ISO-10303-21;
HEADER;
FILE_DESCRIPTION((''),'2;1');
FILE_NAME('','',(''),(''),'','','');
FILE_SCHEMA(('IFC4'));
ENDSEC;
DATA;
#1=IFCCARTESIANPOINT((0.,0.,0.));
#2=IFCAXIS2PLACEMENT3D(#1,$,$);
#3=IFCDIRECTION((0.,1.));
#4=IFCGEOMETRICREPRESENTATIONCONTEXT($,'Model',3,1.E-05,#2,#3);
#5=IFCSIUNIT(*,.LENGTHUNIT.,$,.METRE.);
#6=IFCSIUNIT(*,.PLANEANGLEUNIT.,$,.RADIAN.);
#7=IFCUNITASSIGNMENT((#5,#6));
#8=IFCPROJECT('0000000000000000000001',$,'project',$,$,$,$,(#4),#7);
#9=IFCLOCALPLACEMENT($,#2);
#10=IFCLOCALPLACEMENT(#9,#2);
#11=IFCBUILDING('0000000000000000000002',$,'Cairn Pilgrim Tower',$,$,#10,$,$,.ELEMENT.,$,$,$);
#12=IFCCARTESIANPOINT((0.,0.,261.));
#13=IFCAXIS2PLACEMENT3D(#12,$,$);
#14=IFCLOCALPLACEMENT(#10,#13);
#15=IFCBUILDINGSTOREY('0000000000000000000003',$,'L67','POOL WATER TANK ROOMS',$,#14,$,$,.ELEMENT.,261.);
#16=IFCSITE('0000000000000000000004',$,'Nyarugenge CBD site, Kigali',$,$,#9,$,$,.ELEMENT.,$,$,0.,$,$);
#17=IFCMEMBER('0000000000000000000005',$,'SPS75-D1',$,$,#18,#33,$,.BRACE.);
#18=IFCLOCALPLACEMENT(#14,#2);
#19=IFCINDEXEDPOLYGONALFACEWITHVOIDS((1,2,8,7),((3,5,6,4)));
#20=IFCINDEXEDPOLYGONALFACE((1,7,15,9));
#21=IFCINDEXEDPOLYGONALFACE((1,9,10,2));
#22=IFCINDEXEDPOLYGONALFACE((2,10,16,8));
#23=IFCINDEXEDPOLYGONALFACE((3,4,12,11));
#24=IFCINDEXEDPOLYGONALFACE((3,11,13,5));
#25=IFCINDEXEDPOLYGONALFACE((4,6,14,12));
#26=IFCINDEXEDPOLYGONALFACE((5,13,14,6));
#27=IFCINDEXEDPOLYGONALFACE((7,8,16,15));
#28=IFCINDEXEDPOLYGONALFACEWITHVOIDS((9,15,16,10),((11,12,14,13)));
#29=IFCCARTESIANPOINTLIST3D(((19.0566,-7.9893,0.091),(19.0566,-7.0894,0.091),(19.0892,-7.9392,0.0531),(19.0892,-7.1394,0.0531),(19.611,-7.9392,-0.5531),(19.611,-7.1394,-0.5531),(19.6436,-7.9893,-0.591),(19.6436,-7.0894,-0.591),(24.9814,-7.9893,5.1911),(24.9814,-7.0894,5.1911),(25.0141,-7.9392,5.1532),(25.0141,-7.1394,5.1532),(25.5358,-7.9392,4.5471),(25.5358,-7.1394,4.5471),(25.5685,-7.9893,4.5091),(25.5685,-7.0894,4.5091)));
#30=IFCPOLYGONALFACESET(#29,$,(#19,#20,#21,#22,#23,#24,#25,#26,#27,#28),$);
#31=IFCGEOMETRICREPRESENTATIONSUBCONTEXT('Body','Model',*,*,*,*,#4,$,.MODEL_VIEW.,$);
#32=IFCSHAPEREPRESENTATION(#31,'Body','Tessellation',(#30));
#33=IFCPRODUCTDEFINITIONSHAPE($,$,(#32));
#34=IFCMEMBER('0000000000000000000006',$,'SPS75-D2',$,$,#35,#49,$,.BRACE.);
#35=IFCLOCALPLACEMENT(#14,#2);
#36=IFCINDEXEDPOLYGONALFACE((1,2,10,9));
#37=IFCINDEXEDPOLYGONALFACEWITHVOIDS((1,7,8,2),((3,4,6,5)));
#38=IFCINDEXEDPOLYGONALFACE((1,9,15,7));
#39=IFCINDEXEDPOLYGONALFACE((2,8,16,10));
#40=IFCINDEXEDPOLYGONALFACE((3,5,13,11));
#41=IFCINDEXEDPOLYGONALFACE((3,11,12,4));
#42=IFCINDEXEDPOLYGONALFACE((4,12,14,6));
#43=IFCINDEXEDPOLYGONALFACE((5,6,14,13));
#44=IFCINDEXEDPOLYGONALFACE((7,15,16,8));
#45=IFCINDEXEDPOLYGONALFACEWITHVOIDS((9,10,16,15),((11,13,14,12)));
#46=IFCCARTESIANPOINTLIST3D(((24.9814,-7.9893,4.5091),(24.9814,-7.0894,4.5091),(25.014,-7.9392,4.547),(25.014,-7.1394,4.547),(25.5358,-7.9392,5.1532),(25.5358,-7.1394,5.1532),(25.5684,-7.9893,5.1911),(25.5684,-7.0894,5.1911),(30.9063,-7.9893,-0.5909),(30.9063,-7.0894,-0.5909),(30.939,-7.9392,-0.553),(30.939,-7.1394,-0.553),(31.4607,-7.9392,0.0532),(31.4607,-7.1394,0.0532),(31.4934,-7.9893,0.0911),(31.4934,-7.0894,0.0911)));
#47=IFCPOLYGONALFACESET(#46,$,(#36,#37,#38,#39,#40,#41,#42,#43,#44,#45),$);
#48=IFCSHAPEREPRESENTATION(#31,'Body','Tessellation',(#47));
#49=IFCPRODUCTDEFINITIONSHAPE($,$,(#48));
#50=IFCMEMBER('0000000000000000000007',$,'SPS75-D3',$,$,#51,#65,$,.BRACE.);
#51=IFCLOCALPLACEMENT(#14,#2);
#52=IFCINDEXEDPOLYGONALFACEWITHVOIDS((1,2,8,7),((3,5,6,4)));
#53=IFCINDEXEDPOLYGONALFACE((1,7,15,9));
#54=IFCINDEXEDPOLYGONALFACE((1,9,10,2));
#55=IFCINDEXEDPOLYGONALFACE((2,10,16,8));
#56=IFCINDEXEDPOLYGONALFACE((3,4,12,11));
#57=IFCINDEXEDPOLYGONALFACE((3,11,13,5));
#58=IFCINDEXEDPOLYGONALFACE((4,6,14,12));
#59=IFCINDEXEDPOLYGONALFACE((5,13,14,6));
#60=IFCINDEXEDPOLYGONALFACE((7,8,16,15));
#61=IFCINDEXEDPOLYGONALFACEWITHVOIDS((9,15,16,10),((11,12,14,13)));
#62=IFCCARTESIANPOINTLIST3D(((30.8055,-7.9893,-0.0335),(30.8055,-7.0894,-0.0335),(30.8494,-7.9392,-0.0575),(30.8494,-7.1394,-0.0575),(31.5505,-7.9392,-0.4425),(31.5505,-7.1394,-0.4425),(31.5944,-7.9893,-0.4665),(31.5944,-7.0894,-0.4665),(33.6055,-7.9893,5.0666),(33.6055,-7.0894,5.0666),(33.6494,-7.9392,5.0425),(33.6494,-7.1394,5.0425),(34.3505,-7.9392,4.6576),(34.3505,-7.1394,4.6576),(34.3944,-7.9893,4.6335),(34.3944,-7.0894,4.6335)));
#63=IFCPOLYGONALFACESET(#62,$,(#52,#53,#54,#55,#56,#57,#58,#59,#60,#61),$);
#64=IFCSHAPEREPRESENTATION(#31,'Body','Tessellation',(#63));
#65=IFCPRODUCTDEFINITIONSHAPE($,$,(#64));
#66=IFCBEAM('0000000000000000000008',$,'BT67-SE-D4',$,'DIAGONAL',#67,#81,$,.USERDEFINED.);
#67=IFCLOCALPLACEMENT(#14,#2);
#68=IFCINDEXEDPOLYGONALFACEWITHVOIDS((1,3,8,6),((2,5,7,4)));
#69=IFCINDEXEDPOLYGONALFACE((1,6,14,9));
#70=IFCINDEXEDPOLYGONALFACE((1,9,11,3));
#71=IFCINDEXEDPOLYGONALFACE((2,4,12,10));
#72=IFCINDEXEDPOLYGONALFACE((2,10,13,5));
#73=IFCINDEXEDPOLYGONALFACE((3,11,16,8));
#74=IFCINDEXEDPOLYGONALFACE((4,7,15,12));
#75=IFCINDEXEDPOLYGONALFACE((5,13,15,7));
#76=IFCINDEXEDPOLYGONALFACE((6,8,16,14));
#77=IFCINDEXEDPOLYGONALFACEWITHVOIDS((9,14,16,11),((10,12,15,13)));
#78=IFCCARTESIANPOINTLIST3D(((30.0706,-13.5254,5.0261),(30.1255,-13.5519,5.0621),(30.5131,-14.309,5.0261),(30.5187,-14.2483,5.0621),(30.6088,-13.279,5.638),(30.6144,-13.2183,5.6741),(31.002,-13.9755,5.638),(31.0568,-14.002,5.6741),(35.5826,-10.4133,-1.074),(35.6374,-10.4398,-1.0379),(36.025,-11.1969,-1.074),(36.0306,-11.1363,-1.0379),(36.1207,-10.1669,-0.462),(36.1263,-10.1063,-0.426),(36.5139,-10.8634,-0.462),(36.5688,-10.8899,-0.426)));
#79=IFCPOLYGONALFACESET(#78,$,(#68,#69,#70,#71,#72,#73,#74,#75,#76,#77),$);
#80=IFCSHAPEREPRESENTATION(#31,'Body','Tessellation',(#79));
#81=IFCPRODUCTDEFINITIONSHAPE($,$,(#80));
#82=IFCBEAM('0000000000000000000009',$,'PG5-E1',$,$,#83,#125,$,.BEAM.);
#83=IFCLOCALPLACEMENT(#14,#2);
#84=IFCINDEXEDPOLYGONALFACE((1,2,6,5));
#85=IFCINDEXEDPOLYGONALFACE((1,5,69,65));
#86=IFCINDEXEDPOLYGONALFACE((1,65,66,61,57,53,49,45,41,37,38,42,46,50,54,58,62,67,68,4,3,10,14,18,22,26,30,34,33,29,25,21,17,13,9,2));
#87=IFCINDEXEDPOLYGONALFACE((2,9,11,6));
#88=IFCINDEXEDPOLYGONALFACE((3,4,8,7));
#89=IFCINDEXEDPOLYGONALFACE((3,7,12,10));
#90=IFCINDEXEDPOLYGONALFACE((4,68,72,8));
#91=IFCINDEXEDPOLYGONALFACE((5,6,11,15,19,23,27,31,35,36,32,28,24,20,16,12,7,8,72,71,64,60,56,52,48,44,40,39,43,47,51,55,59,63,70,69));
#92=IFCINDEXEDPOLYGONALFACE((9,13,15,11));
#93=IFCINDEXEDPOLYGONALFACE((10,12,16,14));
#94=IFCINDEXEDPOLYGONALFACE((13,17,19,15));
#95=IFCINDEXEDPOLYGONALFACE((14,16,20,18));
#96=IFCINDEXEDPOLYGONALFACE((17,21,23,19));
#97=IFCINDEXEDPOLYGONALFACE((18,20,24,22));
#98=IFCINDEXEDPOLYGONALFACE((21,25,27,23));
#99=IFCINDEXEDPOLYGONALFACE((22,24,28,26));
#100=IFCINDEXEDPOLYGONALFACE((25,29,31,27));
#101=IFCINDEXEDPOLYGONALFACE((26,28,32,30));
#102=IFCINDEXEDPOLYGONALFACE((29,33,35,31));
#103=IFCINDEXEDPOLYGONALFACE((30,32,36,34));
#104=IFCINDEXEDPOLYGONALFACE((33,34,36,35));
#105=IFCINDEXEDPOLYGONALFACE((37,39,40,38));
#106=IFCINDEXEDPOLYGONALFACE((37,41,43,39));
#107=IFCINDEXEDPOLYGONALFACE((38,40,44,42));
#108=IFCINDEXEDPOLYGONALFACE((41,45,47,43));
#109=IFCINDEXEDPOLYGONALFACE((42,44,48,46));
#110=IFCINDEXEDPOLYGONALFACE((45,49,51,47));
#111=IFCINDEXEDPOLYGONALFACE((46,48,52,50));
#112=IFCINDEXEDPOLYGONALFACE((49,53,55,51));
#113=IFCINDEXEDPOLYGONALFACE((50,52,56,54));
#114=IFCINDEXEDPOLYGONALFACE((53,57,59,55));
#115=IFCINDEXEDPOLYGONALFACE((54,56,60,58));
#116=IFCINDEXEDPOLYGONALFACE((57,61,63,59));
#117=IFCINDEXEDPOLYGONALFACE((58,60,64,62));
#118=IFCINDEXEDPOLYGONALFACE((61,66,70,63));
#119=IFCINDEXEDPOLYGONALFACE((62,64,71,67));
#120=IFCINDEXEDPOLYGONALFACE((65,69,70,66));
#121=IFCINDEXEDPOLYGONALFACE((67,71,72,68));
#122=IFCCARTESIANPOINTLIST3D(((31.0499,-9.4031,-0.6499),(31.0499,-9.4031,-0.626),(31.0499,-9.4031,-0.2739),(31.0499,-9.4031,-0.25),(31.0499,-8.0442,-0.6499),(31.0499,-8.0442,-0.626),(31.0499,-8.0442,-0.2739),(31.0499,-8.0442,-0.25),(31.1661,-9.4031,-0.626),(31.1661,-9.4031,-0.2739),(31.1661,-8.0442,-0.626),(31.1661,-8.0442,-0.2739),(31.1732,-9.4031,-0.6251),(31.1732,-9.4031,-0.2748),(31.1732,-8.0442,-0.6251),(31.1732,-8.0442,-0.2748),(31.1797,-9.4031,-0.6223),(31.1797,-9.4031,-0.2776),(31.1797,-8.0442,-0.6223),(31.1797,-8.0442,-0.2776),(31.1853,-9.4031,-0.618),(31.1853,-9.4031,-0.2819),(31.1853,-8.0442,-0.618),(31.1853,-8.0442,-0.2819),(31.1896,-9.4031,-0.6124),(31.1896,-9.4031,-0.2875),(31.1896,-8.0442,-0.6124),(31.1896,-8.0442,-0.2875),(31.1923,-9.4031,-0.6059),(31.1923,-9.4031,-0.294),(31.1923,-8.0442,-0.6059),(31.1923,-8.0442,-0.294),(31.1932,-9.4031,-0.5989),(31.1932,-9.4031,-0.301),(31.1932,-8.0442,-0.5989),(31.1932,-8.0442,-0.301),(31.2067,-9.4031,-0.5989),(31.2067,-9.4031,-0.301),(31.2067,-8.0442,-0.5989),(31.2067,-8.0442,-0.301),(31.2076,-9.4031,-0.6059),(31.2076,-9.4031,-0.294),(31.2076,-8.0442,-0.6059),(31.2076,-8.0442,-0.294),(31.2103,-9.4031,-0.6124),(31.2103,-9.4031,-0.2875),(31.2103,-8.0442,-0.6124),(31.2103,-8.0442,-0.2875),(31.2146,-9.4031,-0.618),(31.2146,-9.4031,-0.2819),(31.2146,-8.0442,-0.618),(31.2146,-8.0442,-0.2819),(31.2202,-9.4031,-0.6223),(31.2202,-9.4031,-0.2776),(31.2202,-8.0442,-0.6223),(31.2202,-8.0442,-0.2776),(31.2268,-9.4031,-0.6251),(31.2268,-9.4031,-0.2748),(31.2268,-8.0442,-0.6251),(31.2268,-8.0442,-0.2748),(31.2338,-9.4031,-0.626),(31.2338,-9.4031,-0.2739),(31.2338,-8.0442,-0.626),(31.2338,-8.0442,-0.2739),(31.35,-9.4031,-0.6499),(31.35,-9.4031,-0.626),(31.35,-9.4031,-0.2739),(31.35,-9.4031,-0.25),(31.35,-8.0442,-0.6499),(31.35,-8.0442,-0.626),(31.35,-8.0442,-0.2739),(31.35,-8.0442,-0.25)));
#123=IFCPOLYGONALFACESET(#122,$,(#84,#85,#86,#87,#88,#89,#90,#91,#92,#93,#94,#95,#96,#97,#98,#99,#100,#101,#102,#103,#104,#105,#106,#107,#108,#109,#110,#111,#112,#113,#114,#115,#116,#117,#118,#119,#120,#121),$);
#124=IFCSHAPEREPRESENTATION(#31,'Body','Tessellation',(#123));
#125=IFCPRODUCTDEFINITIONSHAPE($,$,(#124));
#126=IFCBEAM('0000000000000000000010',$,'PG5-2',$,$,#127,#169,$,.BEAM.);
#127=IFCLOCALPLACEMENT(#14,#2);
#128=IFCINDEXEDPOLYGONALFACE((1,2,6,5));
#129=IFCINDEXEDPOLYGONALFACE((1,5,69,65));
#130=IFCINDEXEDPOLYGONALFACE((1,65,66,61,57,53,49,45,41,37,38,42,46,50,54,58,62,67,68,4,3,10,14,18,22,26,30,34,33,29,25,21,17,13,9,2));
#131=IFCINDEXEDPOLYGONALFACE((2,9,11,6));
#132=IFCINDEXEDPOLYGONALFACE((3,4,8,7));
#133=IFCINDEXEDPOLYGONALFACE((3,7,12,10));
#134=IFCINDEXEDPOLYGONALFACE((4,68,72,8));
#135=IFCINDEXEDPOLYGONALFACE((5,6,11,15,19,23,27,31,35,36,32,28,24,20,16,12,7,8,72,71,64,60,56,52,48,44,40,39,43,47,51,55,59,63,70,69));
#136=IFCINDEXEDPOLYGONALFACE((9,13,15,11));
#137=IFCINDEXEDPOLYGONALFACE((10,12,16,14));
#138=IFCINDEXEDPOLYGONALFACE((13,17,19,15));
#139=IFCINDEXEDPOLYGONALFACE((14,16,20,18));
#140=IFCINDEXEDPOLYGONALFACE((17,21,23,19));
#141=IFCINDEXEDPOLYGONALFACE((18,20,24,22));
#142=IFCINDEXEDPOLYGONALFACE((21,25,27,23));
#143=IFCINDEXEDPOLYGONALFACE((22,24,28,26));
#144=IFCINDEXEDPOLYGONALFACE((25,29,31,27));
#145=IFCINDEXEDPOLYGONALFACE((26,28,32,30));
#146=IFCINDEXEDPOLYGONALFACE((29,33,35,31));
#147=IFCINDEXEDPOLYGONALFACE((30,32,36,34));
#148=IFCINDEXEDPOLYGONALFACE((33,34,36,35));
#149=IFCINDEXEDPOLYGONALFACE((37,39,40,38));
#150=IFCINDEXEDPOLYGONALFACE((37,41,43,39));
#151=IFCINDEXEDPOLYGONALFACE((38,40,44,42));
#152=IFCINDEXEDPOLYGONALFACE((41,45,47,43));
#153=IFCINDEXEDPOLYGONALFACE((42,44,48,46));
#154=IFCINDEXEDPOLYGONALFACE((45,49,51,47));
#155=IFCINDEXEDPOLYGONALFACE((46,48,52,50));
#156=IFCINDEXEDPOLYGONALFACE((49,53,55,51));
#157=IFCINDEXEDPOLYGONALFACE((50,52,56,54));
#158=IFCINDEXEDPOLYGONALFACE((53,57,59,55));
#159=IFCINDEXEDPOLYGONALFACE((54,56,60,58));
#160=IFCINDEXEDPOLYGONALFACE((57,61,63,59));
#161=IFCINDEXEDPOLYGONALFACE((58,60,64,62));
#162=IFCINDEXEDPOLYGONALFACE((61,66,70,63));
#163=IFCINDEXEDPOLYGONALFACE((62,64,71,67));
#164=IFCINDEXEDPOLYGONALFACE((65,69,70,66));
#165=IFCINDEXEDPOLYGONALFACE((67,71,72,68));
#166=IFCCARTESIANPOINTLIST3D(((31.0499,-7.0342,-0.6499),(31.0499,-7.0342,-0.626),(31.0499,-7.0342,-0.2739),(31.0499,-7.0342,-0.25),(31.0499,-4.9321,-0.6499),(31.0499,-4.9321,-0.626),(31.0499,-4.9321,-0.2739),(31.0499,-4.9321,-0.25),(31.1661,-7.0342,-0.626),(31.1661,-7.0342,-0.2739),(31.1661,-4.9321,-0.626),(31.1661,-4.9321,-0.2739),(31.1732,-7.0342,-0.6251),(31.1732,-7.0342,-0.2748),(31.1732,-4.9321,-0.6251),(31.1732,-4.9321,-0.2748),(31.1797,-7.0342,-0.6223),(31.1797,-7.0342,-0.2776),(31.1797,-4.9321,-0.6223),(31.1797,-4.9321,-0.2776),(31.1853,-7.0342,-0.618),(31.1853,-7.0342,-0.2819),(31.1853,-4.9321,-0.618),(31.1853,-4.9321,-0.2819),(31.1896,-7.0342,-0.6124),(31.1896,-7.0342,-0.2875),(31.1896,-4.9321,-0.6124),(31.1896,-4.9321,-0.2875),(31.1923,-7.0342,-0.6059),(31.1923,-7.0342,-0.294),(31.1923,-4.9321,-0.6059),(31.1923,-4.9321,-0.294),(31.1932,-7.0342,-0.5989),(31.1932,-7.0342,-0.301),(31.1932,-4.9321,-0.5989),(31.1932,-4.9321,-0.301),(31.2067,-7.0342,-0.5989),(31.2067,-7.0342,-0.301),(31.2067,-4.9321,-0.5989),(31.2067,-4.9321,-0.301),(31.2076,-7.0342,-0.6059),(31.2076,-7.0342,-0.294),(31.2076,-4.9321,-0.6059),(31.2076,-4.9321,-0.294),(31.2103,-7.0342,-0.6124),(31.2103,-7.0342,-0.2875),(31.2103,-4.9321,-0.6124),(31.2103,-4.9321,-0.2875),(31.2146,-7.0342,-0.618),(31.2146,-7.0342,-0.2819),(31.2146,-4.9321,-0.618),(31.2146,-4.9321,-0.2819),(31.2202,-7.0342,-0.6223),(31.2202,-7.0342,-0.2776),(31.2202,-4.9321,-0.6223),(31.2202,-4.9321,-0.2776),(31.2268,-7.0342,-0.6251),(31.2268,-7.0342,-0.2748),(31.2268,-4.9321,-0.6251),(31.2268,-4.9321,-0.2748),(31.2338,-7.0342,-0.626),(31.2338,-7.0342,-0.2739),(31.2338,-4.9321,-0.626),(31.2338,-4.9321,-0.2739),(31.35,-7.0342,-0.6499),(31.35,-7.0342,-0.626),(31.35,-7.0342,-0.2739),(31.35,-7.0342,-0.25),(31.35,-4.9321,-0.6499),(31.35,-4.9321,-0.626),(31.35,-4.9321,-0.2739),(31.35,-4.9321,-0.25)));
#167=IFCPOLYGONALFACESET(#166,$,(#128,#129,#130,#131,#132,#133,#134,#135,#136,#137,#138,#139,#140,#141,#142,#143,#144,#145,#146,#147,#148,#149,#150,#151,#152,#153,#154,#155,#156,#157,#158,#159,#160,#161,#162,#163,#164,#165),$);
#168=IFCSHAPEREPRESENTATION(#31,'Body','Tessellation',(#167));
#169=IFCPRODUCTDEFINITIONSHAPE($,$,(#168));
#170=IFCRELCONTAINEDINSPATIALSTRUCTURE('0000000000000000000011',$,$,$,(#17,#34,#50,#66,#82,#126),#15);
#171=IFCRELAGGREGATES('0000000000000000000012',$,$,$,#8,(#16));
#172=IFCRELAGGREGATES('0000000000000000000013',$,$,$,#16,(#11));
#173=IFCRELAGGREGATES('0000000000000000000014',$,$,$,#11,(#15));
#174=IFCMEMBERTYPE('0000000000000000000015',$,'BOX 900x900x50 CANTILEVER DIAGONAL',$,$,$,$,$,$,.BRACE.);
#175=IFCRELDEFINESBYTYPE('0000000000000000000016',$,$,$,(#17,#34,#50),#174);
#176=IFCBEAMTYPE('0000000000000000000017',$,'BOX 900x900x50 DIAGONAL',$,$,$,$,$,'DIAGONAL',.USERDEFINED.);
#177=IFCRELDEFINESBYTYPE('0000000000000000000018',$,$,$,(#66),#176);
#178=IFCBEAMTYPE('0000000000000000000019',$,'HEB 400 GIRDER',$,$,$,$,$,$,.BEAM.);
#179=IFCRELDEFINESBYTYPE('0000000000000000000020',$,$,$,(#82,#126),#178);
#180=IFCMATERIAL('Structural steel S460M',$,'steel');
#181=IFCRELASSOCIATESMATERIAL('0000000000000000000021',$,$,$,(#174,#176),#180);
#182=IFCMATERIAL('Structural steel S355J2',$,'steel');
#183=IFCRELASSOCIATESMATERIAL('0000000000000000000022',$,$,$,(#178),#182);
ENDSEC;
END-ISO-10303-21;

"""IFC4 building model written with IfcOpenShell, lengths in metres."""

from ifc_helpers import new_model, si_unit, direction, frame, origin, origin_2d, place, context, subcontext, project, spatial, hollow_rectangle, i_section, extrude, material, material_profile, profile_set, type_object, element, save


model = new_model("IFC4")

# Units and contexts
model_context = context("Model", 3, precision=1e-05, world=origin(), true_north=direction((0.0, 1.0)))
body_context = subcontext(model_context, "Body", "Model", "MODEL_VIEW")
ifc_project = project(units=[si_unit("LENGTHUNIT", "METRE"), si_unit("PLANEANGLEUNIT", "RADIAN")], contexts=[model_context])

# Site, building, storey
site_placement = place(None, origin())
site = spatial("IfcSite", under=ifc_project, at=site_placement, Name="Nyarugenge CBD site, Kigali", CompositionType="ELEMENT", RefElevation=0.0)
building_placement = place(site_placement, origin())
building = spatial("IfcBuilding", under=site, at=building_placement, Name="Cairn Pilgrim Tower", CompositionType="ELEMENT")
storey_placement = place(building_placement, frame((0.0, 0.0, 261.0)))
storey = spatial("IfcBuildingStorey", under=building, at=storey_placement, Name="L67", Description="POOL WATER TANK ROOMS", CompositionType="ELEMENT", Elevation=261.0)

# Shared definitions
ifc_material_1 = material(Name="Structural steel S355J2", Category="steel")

# Members
ifc_material_2 = material(Name="Structural steel S460M", Category="steel")
ifc_material_profile_1 = material_profile(ifc_material_2, hollow_rectangle(XDim=0.8999, YDim=0.8999, WallThickness=0.05, at=origin_2d()), Name="BOX 900x900x50")
ifc_profile_set_1 = profile_set([ifc_material_profile_1], Name="Structural steel S460M")
member_type_1 = type_object("IfcMemberType", Name="BOX 900x900x50 CANTILEVER DIAGONAL", PredefinedType="BRACE", material=ifc_profile_set_1)
for number, where, z_axis, x_axis, name in (
    (1, (19.3501, -7.5393, -0.25), (0.757884, 0.0, 0.65239), (0.0, 1.0, 0.0), "SPS75-D1"),
    (2, (25.2749, -7.5393, 4.8501), (0.757897, 0.0, -0.652374), (0.0, 1.0, 0.0), "SPS75-D2"),
):
    element("IfcMember", number, at=place(storey_placement, frame(where, z_axis=z_axis, x_axis=x_axis)), inside=storey, type_object=member_type_1, Name=name, PredefinedType="BRACE", context=body_context, shape_type="SweptSolid", body=[
        extrude(hollow_rectangle(XDim=0.8999, YDim=0.8999, WallThickness=0.05, at=origin_2d()), origin(), (0.0, 0.0, 1.0), 7.8176),
    ])
member_1_placement = place(storey_placement, frame((31.2, -7.5393, -0.25), z_axis=(0.481258, 0.0, 0.876579), x_axis=(0.0, 1.0, 0.0)))
element("IfcMember", 3, at=member_1_placement, inside=storey, type_object=member_type_1, Name="SPS75-D3", PredefinedType="BRACE", context=body_context, shape_type="SweptSolid", body=[
    extrude(hollow_rectangle(XDim=0.8999, YDim=0.8999, WallThickness=0.05, at=origin_2d()), origin(), (0.0, 0.0, 1.0), 5.8181),
])

# Beams
ifc_material_profile_2 = material_profile(ifc_material_2, hollow_rectangle(XDim=0.8999, YDim=0.8999, WallThickness=0.05, at=origin_2d()), Name="BOX 900x900x50")
ifc_profile_set_2 = profile_set([ifc_material_profile_2], Name="Structural steel S460M")
beam_type_1 = type_object("IfcBeamType", Name="BOX 900x900x50 DIAGONAL", ElementType="DIAGONAL", PredefinedType="USERDEFINED", material=ifc_profile_set_2)
beam_1_placement = place(storey_placement, frame((30.5637, -13.7637, 5.3501), z_axis=(0.627016, 0.354014, -0.69392), x_axis=(-0.491651, 0.870793, 0.0)))
element("IfcBeam", 4, at=beam_1_placement, inside=storey, type_object=beam_type_1, Name="BT67-SE-D4", ObjectType="DIAGONAL", PredefinedType="USERDEFINED", context=body_context, shape_type="SweptSolid", body=[
    extrude(hollow_rectangle(XDim=0.8999, YDim=0.8999, WallThickness=0.05, at=origin_2d()), origin(), (0.0, 0.0, 1.0), 8.7908),
])
ifc_material_profile_3 = material_profile(ifc_material_1, i_section(OverallWidth=0.3, OverallDepth=0.3999, WebThickness=0.0134, FlangeThickness=0.0239, FilletRadius=0.0271, at=origin_2d()), Name="HEB 400")
ifc_profile_set_3 = profile_set([ifc_material_profile_3], Name="Structural steel S355J2")
beam_type_2 = type_object("IfcBeamType", Name="HEB 400 GIRDER", PredefinedType="BEAM", material=ifc_profile_set_3)
beam_2_placement = place(storey_placement, frame((31.2, -9.4031, -0.45), z_axis=(0.0, 1.0, 0.0), x_axis=(-1.0, 0.0, 0.0)))
element("IfcBeam", 5, at=beam_2_placement, inside=storey, type_object=beam_type_2, Name="PG5-E1", PredefinedType="BEAM", context=body_context, shape_type="SweptSolid", body=[
    extrude(i_section(OverallWidth=0.3, OverallDepth=0.3999, WebThickness=0.0134, FlangeThickness=0.0239, FilletRadius=0.0271, at=origin_2d()), origin(), (0.0, 0.0, 1.0), 1.3589),
])
beam_3_placement = place(storey_placement, frame((31.2, -7.0342, -0.45), z_axis=(0.0, 1.0, 0.0), x_axis=(-1.0, 0.0, 0.0)))
element("IfcBeam", 6, at=beam_3_placement, inside=storey, type_object=beam_type_2, Name="PG5-2", PredefinedType="BEAM", context=body_context, shape_type="SweptSolid", body=[
    extrude(i_section(OverallWidth=0.3, OverallDepth=0.3999, WebThickness=0.0134, FlangeThickness=0.0239, FilletRadius=0.0271, at=origin_2d()), origin(), (0.0, 0.0, 1.0), 2.1021),
])

save(model, "model.ifc")
